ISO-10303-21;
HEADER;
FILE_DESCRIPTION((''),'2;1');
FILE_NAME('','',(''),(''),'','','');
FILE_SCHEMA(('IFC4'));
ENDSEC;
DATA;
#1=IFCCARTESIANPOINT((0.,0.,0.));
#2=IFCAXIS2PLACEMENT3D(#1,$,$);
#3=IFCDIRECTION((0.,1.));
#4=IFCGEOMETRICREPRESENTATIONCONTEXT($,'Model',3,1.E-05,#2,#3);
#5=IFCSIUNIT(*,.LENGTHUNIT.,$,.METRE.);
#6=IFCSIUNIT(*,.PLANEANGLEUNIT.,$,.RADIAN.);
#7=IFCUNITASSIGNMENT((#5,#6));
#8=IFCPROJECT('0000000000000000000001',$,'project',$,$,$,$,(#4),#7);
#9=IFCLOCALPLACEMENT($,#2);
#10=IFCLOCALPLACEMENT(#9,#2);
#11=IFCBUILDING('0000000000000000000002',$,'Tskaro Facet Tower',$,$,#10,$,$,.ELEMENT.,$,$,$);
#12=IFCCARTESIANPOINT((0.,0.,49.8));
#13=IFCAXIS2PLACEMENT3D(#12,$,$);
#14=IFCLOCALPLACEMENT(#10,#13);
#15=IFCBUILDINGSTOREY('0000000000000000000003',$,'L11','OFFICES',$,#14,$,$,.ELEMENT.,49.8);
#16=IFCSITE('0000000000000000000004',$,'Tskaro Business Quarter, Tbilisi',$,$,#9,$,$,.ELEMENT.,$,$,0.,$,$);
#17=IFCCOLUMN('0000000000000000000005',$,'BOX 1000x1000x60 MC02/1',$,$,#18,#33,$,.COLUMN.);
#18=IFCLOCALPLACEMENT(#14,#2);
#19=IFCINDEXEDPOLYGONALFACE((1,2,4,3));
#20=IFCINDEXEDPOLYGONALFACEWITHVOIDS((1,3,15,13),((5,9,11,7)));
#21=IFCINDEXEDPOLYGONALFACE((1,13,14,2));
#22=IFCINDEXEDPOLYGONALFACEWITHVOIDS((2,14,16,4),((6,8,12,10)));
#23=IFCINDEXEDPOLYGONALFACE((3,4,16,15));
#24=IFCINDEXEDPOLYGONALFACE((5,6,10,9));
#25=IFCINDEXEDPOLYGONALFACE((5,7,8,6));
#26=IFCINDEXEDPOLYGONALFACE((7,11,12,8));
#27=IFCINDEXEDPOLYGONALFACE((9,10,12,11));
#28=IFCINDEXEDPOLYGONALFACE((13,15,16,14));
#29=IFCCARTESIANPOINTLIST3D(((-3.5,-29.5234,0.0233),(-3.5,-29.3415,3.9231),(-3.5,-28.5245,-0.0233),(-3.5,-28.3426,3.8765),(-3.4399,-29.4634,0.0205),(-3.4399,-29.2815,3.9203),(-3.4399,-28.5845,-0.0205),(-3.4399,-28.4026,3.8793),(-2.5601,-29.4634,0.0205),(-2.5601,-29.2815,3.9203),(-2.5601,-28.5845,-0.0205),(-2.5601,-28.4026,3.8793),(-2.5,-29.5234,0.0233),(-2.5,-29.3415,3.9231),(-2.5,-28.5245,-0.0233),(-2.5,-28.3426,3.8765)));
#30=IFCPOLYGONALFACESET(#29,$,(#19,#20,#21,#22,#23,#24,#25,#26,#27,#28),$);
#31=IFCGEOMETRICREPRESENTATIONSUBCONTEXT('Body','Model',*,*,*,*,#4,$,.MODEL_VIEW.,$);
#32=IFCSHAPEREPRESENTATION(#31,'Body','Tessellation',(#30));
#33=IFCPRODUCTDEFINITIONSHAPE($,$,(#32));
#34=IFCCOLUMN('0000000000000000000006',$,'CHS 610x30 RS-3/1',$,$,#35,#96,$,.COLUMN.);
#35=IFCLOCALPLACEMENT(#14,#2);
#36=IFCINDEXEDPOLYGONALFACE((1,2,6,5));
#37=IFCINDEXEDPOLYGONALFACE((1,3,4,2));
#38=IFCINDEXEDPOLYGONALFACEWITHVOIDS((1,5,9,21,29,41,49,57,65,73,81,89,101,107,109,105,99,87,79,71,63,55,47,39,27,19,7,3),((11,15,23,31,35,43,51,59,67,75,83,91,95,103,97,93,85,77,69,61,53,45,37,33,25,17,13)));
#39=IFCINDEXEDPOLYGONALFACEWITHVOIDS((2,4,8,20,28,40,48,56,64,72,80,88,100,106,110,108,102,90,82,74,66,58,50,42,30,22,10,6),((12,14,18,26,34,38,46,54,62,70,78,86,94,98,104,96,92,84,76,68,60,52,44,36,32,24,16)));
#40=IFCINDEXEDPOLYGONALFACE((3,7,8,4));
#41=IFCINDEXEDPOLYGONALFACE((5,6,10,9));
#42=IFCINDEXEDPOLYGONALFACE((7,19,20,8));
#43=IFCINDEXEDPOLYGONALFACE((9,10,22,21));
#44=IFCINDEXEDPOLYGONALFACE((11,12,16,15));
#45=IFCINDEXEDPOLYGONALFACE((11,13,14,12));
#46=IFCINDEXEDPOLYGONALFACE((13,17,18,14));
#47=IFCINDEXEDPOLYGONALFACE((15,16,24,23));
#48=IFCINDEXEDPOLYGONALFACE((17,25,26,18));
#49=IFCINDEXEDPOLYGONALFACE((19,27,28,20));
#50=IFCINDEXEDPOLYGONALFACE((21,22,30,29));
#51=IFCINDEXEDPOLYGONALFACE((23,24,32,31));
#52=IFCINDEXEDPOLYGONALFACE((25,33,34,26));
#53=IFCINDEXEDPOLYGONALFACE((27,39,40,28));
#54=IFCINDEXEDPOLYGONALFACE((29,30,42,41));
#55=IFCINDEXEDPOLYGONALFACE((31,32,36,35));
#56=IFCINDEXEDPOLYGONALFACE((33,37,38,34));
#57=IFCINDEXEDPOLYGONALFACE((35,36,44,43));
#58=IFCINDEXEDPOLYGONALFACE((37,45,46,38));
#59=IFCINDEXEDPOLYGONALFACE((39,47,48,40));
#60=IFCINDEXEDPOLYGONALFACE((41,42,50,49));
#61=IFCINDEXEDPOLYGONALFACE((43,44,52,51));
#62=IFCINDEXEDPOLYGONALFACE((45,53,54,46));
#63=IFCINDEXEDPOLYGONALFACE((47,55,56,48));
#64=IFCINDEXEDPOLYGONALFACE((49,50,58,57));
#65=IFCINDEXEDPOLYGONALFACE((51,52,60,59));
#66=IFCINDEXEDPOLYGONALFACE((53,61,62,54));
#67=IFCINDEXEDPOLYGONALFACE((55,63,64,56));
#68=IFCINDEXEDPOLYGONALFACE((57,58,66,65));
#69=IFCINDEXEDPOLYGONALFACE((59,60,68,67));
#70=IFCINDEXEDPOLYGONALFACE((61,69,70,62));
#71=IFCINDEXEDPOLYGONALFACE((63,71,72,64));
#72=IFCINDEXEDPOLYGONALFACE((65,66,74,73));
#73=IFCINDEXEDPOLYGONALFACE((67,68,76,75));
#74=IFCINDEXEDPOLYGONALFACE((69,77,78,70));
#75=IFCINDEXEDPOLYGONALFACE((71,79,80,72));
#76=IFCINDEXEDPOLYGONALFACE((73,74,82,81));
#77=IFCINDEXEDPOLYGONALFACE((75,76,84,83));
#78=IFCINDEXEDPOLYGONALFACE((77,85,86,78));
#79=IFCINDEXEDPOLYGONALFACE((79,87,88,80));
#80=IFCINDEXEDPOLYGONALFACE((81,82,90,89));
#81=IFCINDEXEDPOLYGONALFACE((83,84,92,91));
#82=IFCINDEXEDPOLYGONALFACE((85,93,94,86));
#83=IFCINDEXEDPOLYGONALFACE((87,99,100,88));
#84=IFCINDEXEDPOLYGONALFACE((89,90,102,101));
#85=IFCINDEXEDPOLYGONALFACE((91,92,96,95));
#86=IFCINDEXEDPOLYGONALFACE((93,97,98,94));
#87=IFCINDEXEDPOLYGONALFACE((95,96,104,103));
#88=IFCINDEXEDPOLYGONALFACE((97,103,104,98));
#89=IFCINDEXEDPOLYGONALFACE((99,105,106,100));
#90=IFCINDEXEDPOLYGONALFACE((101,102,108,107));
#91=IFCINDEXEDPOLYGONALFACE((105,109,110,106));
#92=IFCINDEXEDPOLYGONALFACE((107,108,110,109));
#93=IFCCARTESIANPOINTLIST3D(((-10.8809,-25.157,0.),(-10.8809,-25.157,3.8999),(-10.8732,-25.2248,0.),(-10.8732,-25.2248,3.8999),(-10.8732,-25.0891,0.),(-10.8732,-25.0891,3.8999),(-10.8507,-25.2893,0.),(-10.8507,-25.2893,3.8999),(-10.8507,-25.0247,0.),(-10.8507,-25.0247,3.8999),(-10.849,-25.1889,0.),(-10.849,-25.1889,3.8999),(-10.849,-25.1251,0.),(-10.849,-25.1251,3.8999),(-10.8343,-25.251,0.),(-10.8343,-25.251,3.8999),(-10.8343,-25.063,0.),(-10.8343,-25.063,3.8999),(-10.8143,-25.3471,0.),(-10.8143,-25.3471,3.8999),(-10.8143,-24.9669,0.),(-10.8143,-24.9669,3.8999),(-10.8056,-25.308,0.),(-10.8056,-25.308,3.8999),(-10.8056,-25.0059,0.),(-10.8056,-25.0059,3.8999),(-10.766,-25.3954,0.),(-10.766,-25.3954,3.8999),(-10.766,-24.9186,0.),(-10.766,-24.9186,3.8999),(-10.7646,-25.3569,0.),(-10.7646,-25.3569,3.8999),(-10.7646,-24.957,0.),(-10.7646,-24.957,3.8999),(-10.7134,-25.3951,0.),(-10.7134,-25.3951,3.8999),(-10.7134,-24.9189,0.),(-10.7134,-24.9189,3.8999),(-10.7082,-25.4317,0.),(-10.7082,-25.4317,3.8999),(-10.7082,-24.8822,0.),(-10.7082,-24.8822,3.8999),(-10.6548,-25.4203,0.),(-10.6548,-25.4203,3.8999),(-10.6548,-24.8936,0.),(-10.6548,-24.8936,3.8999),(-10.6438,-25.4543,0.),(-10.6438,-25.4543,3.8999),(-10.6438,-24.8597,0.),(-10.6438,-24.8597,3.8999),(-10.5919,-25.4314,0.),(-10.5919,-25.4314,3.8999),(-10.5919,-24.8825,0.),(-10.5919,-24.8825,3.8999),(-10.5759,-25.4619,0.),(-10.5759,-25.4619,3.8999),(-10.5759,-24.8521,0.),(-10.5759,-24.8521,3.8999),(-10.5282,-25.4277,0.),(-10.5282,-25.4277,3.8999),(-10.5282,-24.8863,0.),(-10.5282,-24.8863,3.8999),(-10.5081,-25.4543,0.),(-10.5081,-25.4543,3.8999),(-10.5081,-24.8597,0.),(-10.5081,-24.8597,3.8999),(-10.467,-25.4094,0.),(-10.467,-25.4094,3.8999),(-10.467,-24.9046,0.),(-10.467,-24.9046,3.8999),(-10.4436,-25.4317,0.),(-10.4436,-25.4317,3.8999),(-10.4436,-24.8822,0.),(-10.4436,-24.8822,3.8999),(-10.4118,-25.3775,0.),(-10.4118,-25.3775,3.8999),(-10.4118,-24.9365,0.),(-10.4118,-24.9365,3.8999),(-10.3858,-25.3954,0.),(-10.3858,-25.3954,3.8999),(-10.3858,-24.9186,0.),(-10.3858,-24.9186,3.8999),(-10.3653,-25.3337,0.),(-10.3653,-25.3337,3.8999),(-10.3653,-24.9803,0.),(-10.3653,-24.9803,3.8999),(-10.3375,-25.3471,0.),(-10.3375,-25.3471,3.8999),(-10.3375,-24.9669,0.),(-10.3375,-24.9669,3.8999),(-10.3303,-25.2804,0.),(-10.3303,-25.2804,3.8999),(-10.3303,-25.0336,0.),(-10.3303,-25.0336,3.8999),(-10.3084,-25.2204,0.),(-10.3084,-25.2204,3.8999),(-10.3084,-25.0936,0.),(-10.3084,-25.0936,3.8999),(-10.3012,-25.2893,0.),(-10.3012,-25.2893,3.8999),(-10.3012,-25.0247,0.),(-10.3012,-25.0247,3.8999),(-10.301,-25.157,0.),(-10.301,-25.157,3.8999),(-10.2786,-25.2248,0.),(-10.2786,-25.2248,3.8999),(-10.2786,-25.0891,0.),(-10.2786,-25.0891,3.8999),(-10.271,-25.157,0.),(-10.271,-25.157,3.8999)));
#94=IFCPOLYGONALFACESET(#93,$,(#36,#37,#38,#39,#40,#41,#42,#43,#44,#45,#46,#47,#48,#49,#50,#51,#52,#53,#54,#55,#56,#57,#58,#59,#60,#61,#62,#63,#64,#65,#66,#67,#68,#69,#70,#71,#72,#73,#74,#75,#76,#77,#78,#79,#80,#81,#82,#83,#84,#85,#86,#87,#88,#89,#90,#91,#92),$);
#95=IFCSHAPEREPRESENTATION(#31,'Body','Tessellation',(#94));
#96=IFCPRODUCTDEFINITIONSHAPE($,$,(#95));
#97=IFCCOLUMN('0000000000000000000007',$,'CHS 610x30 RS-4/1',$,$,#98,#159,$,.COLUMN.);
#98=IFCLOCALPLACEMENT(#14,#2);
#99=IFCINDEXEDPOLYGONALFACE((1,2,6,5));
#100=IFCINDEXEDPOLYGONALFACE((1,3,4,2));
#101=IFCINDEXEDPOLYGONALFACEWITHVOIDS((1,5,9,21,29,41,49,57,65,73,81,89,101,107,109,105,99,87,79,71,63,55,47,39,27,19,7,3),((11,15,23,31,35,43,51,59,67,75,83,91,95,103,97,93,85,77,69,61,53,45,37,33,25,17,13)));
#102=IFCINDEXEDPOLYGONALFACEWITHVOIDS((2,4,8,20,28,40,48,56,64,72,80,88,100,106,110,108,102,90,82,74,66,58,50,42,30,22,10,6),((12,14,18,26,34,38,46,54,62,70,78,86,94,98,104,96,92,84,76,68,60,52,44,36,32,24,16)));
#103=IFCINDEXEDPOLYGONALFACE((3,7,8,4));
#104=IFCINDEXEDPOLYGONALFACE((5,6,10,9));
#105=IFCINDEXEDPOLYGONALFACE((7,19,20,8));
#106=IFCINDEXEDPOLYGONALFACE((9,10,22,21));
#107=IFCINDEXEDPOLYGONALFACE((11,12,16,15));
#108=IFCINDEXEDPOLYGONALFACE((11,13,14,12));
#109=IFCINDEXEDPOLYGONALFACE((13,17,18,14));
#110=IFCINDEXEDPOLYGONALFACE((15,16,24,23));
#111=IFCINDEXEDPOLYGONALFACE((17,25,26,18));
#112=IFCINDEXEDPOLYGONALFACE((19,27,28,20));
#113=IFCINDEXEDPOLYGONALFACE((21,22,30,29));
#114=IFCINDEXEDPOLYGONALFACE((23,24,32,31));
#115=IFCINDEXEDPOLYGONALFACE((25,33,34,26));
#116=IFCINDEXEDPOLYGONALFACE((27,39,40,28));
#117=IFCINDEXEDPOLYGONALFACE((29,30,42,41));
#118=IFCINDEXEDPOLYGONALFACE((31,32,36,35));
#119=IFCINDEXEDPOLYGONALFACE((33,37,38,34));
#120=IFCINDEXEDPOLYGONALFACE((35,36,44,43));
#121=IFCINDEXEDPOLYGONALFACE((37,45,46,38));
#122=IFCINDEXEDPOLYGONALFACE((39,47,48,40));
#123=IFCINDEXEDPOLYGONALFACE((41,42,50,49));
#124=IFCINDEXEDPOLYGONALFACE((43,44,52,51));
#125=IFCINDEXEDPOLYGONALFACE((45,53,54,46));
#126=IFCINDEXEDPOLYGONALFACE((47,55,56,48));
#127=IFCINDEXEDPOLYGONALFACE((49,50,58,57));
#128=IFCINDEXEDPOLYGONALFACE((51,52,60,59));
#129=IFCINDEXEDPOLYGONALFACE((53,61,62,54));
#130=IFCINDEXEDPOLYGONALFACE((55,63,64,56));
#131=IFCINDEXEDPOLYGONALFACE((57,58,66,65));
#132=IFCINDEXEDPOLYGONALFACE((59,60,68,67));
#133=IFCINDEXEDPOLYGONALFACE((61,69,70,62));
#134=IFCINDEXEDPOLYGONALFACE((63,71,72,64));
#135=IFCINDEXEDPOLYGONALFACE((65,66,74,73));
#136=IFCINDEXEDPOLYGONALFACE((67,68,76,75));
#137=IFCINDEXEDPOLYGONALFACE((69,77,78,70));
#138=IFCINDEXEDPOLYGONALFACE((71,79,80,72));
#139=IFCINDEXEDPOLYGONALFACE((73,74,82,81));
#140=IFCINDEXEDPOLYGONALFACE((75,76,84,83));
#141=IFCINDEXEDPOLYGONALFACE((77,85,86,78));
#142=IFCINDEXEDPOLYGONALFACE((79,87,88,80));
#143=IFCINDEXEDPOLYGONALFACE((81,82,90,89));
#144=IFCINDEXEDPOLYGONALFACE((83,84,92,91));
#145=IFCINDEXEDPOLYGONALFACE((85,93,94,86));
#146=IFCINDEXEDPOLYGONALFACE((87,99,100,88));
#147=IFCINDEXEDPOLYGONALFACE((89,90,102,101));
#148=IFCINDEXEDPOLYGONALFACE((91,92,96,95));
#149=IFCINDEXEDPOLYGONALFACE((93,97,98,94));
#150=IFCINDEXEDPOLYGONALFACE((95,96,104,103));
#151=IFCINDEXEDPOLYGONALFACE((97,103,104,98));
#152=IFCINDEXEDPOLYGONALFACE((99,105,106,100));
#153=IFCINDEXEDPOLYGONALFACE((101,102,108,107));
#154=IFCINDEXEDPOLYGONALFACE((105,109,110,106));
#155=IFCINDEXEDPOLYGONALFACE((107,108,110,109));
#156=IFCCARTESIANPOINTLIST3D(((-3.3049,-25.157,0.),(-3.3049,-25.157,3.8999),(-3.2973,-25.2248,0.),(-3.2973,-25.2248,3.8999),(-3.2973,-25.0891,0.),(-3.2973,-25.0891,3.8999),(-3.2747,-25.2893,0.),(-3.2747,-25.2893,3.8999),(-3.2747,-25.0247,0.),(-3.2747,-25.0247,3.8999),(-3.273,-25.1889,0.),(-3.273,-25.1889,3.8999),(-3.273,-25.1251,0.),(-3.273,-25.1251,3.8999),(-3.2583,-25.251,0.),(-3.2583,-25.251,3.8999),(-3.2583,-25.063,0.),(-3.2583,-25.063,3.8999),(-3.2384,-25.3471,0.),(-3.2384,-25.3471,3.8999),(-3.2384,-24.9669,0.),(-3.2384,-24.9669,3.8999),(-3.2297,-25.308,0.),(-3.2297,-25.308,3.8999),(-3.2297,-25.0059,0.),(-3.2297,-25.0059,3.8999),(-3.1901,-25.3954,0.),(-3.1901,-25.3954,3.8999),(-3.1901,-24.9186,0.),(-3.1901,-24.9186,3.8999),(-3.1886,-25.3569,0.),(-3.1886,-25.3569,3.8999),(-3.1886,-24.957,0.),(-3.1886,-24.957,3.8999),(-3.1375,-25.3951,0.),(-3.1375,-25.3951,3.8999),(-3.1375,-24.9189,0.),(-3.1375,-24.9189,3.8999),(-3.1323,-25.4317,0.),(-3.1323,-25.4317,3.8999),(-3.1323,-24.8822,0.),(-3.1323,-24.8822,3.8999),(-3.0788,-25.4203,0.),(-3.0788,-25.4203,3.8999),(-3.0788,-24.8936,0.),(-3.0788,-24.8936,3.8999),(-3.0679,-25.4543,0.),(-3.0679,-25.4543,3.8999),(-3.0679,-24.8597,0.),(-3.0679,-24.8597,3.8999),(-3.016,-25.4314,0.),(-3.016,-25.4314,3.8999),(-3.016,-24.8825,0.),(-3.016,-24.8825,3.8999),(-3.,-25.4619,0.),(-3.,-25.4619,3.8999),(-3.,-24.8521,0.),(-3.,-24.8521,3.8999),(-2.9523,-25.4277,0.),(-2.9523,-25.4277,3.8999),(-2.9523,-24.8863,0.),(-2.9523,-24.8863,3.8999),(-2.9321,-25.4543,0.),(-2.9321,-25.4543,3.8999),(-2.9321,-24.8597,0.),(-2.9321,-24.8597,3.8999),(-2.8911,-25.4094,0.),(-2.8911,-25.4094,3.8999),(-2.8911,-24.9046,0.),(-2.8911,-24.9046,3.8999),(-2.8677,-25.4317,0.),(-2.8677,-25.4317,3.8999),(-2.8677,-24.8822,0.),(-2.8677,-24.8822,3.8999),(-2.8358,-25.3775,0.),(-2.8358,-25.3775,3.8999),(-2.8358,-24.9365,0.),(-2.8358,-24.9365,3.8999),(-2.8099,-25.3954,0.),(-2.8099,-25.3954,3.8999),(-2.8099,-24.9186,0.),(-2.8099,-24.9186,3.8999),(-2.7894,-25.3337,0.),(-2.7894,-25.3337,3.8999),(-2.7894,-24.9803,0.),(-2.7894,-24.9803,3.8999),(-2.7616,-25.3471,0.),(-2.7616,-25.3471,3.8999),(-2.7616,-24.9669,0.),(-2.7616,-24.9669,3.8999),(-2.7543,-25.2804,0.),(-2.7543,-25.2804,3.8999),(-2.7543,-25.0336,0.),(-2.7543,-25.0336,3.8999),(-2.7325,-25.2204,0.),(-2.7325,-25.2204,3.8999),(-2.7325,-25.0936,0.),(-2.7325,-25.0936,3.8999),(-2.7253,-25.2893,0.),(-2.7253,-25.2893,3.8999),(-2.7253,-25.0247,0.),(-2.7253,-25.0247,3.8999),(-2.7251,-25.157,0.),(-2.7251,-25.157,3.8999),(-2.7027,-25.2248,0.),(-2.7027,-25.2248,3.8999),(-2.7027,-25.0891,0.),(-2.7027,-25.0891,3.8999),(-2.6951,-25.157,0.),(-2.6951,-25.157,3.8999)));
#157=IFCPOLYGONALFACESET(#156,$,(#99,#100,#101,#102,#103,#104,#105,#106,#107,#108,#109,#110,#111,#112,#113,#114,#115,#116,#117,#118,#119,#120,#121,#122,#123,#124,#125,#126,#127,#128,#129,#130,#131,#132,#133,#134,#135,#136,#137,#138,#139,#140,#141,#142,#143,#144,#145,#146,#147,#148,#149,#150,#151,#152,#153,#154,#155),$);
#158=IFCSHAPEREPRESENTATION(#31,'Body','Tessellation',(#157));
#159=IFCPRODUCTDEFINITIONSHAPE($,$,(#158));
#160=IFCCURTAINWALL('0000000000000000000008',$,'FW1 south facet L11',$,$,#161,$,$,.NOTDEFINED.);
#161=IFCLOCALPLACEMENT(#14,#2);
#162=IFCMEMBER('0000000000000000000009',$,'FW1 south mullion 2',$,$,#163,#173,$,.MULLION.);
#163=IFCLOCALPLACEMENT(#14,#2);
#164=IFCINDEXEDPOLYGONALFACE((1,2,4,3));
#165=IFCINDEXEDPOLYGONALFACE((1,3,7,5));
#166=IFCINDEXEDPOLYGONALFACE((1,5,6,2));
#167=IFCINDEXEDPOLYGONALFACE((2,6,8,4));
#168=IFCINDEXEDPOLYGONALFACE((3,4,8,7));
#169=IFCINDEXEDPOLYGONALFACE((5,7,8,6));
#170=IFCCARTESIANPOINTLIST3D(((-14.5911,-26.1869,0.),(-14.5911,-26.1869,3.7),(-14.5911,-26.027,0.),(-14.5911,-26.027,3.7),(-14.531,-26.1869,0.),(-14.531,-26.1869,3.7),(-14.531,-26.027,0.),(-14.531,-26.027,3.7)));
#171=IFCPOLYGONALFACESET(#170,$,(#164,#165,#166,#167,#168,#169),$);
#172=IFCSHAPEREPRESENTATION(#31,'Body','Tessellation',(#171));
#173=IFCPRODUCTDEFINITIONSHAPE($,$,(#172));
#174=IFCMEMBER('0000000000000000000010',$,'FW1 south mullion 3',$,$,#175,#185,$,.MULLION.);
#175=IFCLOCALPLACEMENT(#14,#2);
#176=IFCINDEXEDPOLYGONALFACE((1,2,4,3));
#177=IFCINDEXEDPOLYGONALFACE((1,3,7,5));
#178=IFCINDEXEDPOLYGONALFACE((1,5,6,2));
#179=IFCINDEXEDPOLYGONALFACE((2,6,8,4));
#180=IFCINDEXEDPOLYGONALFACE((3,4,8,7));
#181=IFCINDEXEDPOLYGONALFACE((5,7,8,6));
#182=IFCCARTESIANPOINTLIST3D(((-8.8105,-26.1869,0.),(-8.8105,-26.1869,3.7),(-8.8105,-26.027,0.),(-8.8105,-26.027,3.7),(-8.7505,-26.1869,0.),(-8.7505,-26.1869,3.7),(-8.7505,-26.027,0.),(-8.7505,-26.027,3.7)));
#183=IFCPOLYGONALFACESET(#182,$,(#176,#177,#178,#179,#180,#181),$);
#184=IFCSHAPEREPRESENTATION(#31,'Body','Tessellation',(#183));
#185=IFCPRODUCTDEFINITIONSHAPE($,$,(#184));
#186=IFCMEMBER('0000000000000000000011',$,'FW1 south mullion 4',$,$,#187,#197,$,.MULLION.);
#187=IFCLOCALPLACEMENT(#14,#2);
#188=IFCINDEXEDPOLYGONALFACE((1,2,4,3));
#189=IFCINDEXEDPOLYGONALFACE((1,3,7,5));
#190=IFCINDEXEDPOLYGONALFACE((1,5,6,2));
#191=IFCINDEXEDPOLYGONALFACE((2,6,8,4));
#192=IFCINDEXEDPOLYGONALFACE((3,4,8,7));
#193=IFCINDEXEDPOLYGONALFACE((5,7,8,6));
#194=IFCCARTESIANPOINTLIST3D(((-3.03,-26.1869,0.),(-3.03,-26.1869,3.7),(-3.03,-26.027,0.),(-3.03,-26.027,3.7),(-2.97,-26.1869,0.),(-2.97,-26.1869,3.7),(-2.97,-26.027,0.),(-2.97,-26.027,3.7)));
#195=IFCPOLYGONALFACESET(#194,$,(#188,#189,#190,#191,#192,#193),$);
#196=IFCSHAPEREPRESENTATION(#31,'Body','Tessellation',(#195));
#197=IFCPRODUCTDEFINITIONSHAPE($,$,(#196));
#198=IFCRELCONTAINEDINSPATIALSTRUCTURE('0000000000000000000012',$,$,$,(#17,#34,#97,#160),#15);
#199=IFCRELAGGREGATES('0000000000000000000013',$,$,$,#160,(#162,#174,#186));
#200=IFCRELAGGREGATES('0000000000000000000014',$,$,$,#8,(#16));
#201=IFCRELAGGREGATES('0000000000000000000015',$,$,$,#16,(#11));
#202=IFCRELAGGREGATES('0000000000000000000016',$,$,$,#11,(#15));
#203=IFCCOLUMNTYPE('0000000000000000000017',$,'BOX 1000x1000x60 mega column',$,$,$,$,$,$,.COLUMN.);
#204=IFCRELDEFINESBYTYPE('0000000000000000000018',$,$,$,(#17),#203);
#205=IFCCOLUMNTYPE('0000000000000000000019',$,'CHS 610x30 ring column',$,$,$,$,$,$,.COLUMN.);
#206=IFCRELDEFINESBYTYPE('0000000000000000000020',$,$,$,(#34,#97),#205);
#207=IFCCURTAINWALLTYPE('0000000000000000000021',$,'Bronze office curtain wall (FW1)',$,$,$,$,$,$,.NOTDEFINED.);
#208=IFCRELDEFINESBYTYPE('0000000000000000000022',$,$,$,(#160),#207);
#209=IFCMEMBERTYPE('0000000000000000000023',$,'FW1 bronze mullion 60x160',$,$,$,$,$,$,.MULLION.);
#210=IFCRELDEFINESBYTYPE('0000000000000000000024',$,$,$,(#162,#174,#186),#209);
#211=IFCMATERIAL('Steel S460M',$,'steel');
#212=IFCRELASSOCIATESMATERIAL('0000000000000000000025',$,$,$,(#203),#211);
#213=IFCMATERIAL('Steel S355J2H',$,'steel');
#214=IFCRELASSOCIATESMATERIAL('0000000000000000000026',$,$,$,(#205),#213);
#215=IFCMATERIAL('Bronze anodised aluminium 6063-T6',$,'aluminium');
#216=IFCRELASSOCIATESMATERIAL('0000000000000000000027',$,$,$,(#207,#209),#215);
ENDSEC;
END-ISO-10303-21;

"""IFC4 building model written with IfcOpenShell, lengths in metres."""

from ifc_helpers import new_model, si_unit, direction, frame, origin, origin_2d, place, context, subcontext, project, spatial, rectangle, hollow_rectangle, hollow_circle, extrude, material, material_profile, profile_set, type_object, element, aggregate, save


model = new_model("IFC4")

# Units and contexts
model_context = context("Model", 3, precision=1e-05, world=origin(), true_north=direction((0.0, 1.0)))
body_context = subcontext(model_context, "Body", "Model", "MODEL_VIEW")
ifc_project = project(units=[si_unit("LENGTHUNIT", "METRE"), si_unit("PLANEANGLEUNIT", "RADIAN")], contexts=[model_context])

# Site, building, storey
site_placement = place(None, origin())
site = spatial("IfcSite", under=ifc_project, at=site_placement, Name="Tskaro Business Quarter, Tbilisi", CompositionType="ELEMENT", RefElevation=0.0)
building_placement = place(site_placement, origin())
building = spatial("IfcBuilding", under=site, at=building_placement, Name="Tskaro Facet Tower", CompositionType="ELEMENT")
storey_placement = place(building_placement, frame((0.0, 0.0, 49.8)))
storey = spatial("IfcBuildingStorey", under=building, at=storey_placement, Name="L11", Description="OFFICES", CompositionType="ELEMENT", Elevation=49.8)

# Columns
ifc_material_1 = material(Name="Steel S460M", Category="steel")
ifc_material_profile_1 = material_profile(ifc_material_1, hollow_rectangle(XDim=1.0, YDim=1.0, WallThickness=0.0601, at=origin_2d()), Name="BOX 1000x1000x60")
ifc_profile_set_1 = profile_set([ifc_material_profile_1], Name="Steel S460M")
column_type_1 = type_object("IfcColumnType", Name="BOX 1000x1000x60 mega column", PredefinedType="COLUMN", material=ifc_profile_set_1)
column_placement = place(storey_placement, frame((-3.0, -29.0239, 0.0), z_axis=(0.0, 0.046588, 0.998914), x_axis=(-1.0, 0.0, 0.0)))
element("IfcColumn", 1, at=column_placement, inside=storey, type_object=column_type_1, Name="BOX 1000x1000x60 MC02/1", PredefinedType="COLUMN", context=body_context, shape_type="SweptSolid", body=[
    extrude(hollow_rectangle(XDim=1.0, YDim=1.0, WallThickness=0.0601, at=origin_2d()), origin(), (0.0, 0.0, 1.0), 3.9041),
])
ifc_material_2 = material(Name="Steel S355J2H", Category="steel")
ifc_material_profile_2 = material_profile(ifc_material_2, hollow_circle(Radius=0.3049, WallThickness=0.03, at=origin_2d()), Name="CHS 610x30")
ifc_profile_set_2 = profile_set([ifc_material_profile_2], Name="Steel S355J2H")
column_type_2 = type_object("IfcColumnType", Name="CHS 610x30 ring column", PredefinedType="COLUMN", material=ifc_profile_set_2)
for number, where, z_axis, x_axis, name in (
    (2, (-10.5759, -25.157, 0.0), (0.0, 0.0, 1.0), (1.0, 0.0, 0.0), "CHS 610x30 RS-3/1"),
    (3, (-3.0, -25.157, 0.0), (0.0, 0.0, 1.0), (1.0, 0.0, 0.0), "CHS 610x30 RS-4/1"),
):
    element("IfcColumn", number, at=place(storey_placement, frame(where, z_axis=z_axis, x_axis=x_axis)), inside=storey, type_object=column_type_2, Name=name, PredefinedType="COLUMN", context=body_context, shape_type="SweptSolid", body=[
        extrude(hollow_circle(Radius=0.3049, WallThickness=0.03, at=origin_2d()), origin(), (0.0, 0.0, 1.0), 3.8999),
    ])

# Curtain wall, members
ifc_material_3 = material(Name="Bronze anodised aluminium 6063-T6", Category="aluminium")
curtain_wall_type = type_object("IfcCurtainWallType", Name="Bronze office curtain wall (FW1)", PredefinedType="NOTDEFINED", material=ifc_material_3)
curtain_wall_placement = place(storey_placement, origin())
curtain_wall = element("IfcCurtainWall", 4, at=curtain_wall_placement, inside=storey, type_object=curtain_wall_type, Name="FW1 south facet L11", PredefinedType="NOTDEFINED")
ifc_material_profile_3 = material_profile(ifc_material_3, rectangle(XDim=0.0601, YDim=0.1599, at=origin_2d()), Name="Mullion 60x160")
ifc_profile_set_3 = profile_set([ifc_material_profile_3], Name="Bronze anodised aluminium 6063-T6")
member_type_1 = type_object("IfcMemberType", Name="FW1 bronze mullion 60x160", PredefinedType="MULLION", material=ifc_profile_set_3)
member_1_placement = place(storey_placement, frame((-14.561, -26.1069, 0.0), z_axis=(0.0, 0.0, 1.0), x_axis=(1.0, 0.0, 0.0)))
member_1 = element("IfcMember", 5, at=member_1_placement, type_object=member_type_1, Name="FW1 south mullion 2", PredefinedType="MULLION", context=body_context, shape_type="SweptSolid", body=[
    extrude(rectangle(XDim=0.0601, YDim=0.1599, at=origin_2d()), origin(), (0.0, 0.0, 1.0), 3.7),
])
member_2_placement = place(storey_placement, frame((-8.7805, -26.1069, 0.0), z_axis=(0.0, 0.0, 1.0), x_axis=(1.0, 0.0, 0.0)))
member_2 = element("IfcMember", 6, at=member_2_placement, type_object=member_type_1, Name="FW1 south mullion 3", PredefinedType="MULLION", context=body_context, shape_type="SweptSolid", body=[
    extrude(rectangle(XDim=0.0601, YDim=0.1599, at=origin_2d()), origin(), (0.0, 0.0, 1.0), 3.7),
])
member_3_placement = place(storey_placement, frame((-3.0, -26.1069, 0.0), z_axis=(0.0, 0.0, 1.0), x_axis=(1.0, 0.0, 0.0)))
member_3 = element("IfcMember", 7, at=member_3_placement, type_object=member_type_1, Name="FW1 south mullion 4", PredefinedType="MULLION", context=body_context, shape_type="SweptSolid", body=[
    extrude(rectangle(XDim=0.0601, YDim=0.1599, at=origin_2d()), origin(), (0.0, 0.0, 1.0), 3.7),
])

aggregate(curtain_wall, [member_1, member_2, member_3])

save(model, "model.ifc")
